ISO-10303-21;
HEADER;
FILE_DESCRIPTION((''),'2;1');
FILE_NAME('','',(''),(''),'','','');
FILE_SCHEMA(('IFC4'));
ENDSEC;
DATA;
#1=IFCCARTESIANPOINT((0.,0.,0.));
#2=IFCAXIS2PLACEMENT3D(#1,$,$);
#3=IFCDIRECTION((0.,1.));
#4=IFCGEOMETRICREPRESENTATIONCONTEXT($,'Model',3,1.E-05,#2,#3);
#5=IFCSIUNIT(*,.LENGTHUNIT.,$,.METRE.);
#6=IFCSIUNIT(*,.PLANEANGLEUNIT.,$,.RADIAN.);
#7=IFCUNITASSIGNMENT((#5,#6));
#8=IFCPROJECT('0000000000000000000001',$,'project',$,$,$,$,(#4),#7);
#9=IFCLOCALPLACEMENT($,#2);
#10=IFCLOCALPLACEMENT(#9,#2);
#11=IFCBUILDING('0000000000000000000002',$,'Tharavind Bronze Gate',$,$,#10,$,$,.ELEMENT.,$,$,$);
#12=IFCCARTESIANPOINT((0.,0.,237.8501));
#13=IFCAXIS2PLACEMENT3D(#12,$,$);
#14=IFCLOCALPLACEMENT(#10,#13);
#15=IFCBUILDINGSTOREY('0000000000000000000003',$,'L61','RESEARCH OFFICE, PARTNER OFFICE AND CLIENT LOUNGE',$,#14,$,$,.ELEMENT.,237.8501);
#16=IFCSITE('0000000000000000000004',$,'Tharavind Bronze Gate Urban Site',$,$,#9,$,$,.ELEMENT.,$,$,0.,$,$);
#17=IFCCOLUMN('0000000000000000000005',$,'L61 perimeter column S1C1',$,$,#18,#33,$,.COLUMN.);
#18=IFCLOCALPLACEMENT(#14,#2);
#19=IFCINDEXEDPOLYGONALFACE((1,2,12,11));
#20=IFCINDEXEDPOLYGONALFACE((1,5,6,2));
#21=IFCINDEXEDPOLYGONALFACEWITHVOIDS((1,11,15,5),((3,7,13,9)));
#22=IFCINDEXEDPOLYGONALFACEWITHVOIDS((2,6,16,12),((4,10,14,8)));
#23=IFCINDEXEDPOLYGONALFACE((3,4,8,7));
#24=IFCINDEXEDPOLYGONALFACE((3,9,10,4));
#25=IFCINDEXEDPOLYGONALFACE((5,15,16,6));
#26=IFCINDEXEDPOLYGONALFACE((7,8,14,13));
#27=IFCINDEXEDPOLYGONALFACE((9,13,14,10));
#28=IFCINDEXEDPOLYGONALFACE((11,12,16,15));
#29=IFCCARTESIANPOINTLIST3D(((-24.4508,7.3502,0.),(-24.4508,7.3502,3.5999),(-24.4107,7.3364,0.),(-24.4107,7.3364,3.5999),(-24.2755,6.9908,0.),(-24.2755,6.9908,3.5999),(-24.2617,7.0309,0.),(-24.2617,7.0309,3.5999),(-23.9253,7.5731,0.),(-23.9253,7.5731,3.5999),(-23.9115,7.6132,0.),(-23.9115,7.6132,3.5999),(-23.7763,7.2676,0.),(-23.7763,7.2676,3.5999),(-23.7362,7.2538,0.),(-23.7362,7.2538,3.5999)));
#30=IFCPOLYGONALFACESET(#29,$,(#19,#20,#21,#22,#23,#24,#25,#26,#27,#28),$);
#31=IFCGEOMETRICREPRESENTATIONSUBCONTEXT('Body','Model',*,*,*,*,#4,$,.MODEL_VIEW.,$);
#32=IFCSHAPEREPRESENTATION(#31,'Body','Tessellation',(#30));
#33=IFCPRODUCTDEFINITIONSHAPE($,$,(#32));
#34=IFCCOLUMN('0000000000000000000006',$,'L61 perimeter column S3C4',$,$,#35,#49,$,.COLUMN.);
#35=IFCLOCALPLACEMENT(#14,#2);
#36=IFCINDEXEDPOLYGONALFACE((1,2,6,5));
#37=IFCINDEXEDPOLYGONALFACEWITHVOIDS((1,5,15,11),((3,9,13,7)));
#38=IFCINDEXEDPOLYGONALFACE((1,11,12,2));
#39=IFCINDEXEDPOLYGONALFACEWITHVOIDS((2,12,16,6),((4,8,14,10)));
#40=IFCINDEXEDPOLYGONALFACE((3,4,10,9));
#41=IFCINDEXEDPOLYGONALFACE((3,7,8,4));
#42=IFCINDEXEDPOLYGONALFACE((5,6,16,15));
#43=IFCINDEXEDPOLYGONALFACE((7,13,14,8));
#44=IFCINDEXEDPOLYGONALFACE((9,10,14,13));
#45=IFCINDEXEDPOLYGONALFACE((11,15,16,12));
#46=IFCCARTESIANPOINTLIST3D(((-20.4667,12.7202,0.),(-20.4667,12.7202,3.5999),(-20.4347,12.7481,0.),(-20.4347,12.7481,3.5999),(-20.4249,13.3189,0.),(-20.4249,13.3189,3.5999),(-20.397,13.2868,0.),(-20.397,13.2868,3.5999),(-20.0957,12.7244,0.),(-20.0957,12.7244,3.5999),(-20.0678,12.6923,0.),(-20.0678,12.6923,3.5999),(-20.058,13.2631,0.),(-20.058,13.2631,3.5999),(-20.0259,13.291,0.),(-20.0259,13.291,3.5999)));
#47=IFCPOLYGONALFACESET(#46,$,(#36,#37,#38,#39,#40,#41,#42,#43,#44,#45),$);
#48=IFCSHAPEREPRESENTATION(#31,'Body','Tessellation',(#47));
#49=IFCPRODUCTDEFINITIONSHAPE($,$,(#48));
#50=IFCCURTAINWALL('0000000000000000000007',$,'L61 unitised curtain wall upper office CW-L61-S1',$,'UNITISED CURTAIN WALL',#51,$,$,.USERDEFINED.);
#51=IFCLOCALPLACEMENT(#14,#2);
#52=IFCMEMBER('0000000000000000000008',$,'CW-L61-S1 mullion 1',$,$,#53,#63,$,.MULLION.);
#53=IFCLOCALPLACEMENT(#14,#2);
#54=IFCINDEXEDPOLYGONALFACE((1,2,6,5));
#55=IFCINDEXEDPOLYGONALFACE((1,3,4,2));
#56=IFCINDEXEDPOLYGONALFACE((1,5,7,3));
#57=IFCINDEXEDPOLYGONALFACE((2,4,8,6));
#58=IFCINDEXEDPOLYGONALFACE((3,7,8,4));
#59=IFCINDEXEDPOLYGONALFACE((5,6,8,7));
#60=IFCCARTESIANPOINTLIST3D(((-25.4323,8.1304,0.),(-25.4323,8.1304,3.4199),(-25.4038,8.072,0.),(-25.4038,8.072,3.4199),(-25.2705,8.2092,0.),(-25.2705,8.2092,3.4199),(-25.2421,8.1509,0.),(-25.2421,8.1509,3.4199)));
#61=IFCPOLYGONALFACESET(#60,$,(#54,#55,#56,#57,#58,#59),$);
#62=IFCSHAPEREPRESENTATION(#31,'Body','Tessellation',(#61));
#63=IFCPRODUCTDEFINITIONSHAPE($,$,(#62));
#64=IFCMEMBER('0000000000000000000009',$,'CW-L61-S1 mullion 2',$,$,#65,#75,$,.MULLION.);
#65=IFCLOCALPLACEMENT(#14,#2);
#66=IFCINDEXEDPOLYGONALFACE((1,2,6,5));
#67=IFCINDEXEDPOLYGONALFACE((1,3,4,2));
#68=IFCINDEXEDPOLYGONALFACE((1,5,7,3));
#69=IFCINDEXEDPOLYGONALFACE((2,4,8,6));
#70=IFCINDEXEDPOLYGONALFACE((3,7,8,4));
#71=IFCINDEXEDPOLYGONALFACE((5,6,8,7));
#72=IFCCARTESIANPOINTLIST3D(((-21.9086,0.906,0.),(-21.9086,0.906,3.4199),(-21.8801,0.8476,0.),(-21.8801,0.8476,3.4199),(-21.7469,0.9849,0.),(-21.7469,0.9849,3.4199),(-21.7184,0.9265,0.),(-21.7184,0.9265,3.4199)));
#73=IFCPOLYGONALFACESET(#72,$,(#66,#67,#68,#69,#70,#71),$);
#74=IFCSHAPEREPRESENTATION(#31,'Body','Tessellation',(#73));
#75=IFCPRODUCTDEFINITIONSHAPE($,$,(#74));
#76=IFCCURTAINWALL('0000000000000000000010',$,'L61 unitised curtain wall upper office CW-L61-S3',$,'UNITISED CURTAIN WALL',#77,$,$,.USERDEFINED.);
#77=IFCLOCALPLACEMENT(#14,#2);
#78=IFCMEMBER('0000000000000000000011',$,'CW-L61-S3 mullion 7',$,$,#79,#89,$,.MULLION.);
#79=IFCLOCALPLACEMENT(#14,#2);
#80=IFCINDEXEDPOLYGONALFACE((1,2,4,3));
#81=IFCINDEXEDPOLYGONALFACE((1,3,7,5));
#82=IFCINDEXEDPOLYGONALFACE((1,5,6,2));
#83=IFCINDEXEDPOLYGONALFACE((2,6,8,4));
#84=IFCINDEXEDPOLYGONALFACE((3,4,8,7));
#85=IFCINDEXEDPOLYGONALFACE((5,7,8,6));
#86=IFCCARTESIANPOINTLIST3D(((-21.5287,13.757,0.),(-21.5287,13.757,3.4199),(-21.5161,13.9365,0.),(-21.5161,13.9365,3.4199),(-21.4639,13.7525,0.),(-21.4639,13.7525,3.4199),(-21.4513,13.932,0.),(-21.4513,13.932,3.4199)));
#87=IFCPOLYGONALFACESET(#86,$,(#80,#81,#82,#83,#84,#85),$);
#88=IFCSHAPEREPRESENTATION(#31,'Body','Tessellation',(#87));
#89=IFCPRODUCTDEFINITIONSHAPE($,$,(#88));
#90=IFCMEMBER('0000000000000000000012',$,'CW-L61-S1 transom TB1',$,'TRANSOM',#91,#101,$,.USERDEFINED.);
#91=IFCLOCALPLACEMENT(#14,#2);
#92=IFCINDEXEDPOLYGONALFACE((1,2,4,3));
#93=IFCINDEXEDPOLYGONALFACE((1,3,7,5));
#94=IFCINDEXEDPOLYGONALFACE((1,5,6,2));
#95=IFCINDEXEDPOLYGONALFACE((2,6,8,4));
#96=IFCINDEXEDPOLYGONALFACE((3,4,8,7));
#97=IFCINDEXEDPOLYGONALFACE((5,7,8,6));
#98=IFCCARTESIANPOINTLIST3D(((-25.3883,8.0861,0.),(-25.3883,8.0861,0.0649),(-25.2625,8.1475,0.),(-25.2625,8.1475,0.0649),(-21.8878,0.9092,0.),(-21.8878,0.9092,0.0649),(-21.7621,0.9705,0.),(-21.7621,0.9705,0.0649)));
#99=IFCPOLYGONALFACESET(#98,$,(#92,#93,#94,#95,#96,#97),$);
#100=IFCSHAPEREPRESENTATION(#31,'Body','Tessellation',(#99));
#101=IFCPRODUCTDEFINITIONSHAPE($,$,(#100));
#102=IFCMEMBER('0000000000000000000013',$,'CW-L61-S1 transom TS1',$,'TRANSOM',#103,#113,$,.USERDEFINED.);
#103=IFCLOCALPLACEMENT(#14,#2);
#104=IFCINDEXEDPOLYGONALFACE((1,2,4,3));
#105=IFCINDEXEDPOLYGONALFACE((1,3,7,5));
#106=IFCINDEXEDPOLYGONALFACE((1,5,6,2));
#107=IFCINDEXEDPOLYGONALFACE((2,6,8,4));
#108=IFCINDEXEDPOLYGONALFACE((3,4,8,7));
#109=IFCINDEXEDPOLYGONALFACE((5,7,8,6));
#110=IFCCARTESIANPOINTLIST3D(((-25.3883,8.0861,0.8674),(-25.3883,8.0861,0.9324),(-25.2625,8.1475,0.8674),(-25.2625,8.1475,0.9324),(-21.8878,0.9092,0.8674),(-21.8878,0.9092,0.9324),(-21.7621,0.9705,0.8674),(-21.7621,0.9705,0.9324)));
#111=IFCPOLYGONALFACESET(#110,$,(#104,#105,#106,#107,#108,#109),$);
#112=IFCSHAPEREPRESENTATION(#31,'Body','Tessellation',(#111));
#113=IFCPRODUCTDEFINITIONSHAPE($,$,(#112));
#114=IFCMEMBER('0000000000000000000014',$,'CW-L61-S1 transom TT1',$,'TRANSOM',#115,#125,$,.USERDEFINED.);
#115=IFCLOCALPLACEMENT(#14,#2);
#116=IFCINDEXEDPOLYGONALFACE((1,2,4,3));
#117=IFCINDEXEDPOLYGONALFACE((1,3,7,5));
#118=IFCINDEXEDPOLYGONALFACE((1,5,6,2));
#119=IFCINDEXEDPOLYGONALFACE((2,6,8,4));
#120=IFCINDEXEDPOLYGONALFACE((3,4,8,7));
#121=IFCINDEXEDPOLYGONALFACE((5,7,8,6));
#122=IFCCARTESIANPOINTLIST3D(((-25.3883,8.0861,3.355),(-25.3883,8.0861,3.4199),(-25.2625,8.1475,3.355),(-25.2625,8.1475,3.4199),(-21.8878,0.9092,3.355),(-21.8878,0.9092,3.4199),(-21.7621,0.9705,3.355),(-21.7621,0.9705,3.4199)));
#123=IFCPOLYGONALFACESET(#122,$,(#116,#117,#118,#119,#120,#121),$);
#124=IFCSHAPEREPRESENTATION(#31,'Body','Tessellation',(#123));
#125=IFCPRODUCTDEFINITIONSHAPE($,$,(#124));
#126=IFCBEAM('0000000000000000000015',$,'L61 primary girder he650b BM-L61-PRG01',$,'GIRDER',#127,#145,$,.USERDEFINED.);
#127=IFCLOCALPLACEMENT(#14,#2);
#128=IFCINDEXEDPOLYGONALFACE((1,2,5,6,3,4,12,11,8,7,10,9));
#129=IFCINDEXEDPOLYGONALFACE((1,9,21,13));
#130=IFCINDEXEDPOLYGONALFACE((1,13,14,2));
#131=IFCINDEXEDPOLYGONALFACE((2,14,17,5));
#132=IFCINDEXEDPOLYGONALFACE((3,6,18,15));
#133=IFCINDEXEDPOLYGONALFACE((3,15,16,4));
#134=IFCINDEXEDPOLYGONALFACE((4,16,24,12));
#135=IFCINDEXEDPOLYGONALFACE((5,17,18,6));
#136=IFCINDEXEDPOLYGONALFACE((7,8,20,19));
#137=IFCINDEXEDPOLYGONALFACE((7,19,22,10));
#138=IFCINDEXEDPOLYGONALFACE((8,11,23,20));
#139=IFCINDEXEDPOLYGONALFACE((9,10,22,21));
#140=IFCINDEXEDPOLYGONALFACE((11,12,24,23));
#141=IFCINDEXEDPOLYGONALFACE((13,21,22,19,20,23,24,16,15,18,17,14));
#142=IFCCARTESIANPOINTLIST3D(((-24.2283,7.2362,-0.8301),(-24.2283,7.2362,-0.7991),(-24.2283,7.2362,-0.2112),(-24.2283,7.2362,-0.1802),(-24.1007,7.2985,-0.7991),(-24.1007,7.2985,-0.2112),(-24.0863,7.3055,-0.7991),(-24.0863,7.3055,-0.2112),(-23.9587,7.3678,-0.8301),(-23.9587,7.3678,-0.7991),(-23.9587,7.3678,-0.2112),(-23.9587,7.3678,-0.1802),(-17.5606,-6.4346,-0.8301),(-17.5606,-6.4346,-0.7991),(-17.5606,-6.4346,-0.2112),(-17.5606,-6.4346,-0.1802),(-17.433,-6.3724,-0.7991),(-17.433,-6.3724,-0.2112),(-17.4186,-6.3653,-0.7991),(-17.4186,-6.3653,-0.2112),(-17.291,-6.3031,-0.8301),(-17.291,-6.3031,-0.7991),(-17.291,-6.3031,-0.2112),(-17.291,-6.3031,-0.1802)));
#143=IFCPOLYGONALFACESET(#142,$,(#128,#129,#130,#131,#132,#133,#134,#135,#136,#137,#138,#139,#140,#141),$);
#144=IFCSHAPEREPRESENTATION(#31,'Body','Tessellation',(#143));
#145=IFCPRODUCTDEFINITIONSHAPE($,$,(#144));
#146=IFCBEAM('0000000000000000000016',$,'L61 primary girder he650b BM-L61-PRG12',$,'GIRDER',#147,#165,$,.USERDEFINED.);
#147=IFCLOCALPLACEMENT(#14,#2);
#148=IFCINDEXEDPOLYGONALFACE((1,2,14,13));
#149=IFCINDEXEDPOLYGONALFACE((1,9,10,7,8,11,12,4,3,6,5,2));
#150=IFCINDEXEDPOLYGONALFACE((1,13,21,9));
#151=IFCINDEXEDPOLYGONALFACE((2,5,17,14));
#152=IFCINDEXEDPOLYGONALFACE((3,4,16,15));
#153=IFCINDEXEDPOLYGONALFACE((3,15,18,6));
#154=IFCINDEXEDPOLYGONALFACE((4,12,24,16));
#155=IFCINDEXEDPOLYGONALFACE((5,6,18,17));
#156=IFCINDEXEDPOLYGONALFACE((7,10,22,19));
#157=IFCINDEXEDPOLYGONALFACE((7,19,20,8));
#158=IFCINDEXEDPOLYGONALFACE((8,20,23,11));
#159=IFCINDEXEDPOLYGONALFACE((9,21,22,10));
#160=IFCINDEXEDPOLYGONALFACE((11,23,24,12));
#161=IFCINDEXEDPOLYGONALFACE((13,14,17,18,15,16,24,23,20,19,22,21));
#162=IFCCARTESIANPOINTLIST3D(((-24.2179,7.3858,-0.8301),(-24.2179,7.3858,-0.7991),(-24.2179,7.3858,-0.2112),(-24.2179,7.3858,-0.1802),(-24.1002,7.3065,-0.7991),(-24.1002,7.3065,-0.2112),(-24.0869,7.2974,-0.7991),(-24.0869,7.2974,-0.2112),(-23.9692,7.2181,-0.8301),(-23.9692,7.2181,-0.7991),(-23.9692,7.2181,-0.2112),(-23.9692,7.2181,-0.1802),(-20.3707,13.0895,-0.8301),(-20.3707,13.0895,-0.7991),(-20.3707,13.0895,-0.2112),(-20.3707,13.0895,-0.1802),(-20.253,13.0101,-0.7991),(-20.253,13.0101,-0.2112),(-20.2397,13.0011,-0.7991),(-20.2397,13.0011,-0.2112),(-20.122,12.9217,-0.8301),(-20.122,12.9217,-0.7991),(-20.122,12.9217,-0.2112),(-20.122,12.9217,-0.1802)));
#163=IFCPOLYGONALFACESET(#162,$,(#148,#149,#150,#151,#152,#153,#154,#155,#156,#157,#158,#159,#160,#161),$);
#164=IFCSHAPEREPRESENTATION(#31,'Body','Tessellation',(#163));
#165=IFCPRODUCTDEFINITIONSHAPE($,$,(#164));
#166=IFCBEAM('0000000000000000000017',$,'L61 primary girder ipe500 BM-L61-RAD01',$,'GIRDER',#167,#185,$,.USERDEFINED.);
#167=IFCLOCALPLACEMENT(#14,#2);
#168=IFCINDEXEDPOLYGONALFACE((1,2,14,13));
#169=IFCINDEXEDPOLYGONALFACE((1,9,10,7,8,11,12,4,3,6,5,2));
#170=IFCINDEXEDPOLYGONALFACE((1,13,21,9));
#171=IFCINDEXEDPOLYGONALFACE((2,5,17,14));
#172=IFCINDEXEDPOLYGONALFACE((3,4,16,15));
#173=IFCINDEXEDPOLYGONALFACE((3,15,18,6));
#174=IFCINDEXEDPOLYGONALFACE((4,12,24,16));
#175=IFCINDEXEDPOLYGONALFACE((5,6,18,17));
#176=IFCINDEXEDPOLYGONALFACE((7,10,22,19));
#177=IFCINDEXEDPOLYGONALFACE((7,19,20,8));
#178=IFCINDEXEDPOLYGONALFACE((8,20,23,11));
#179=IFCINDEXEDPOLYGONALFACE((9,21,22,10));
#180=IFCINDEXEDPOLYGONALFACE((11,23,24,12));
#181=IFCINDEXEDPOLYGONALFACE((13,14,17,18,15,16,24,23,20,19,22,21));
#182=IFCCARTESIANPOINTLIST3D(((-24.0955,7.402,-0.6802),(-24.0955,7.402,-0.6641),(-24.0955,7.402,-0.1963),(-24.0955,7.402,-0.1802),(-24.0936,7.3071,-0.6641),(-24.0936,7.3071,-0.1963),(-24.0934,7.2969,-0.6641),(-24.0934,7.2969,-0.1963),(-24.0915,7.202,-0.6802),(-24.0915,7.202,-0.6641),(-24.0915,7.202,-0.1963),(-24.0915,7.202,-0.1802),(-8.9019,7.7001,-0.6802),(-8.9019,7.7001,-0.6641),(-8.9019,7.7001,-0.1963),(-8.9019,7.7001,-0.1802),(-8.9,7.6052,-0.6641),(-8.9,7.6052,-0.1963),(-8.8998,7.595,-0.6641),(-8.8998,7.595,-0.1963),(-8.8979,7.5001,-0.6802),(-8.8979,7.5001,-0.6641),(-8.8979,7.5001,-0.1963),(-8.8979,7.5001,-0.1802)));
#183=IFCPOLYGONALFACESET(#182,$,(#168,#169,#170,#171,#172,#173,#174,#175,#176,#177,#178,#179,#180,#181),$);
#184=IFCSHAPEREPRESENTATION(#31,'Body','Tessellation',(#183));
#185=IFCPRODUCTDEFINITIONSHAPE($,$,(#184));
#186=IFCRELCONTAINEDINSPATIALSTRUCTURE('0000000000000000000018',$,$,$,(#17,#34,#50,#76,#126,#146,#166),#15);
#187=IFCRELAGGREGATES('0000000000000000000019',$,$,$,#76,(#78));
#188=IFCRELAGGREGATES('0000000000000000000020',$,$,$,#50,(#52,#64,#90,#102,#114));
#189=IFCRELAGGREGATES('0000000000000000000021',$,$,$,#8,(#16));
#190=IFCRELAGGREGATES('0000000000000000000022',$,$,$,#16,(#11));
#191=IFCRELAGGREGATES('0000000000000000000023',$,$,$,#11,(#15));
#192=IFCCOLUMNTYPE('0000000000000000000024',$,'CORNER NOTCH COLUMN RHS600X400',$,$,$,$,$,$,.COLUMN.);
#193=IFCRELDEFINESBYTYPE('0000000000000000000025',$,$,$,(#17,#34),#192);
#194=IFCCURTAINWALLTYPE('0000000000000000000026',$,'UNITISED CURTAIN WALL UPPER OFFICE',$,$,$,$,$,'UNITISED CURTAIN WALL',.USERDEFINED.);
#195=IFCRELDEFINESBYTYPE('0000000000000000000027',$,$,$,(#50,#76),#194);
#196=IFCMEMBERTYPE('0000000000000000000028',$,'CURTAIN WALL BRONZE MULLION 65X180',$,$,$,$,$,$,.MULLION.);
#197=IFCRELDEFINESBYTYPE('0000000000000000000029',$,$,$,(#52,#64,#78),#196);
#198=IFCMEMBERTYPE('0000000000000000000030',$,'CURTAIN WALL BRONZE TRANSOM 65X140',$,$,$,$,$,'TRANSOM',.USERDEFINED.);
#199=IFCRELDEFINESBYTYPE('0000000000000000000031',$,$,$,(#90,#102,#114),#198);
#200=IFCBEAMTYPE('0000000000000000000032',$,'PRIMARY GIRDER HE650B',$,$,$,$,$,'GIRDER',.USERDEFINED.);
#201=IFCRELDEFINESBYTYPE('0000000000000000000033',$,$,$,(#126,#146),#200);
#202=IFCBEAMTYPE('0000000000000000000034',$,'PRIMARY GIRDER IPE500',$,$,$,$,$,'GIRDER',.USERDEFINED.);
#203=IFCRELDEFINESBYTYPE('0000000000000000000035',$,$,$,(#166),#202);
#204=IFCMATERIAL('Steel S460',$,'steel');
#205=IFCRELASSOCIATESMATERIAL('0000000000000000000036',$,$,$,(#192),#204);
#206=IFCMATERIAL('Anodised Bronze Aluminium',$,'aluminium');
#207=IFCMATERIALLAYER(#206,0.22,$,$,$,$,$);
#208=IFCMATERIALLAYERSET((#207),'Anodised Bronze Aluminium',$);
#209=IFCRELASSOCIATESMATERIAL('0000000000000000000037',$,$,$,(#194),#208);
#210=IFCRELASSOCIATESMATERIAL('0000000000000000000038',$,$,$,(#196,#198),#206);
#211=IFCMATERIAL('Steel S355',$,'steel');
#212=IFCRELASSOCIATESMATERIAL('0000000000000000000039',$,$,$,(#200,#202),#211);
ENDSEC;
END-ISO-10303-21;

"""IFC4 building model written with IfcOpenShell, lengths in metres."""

from ifc_helpers import new_model, si_unit, direction, frame, origin, origin_2d, place, context, subcontext, project, spatial, rectangle, hollow_rectangle, i_section, extrude, material, layer, layer_set, material_profile, profile_set, type_object, element, aggregate, save


model = new_model("IFC4")

# Units and contexts
model_context = context("Model", 3, precision=1e-05, world=origin(), true_north=direction((0.0, 1.0)))
body_context = subcontext(model_context, "Body", "Model", "MODEL_VIEW")
ifc_project = project(units=[si_unit("LENGTHUNIT", "METRE"), si_unit("PLANEANGLEUNIT", "RADIAN")], contexts=[model_context])

# Site, building, storey
site_placement = place(None, origin())
site = spatial("IfcSite", under=ifc_project, at=site_placement, Name="Tharavind Bronze Gate Urban Site", CompositionType="ELEMENT", RefElevation=0.0)
building_placement = place(site_placement, origin())
building = spatial("IfcBuilding", under=site, at=building_placement, Name="Tharavind Bronze Gate", CompositionType="ELEMENT")
storey_placement = place(building_placement, frame((0.0, 0.0, 237.8501)))
storey = spatial("IfcBuildingStorey", under=building, at=storey_placement, Name="L61", Description="RESEARCH OFFICE, PARTNER OFFICE AND CLIENT LOUNGE", CompositionType="ELEMENT", Elevation=237.8501)

# Columns
ifc_material_1 = material(Name="Steel S460", Category="steel")
ifc_material_profile_1 = material_profile(ifc_material_1, hollow_rectangle(XDim=0.3999, YDim=0.6001, WallThickness=0.03, at=origin_2d()), Name="RHS600X400X30")
ifc_profile_set_1 = profile_set([ifc_material_profile_1], Name="Steel S460")
column_type = type_object("IfcColumnType", Name="CORNER NOTCH COLUMN RHS600X400", PredefinedType="COLUMN", material=ifc_profile_set_1)
for number, where, z_axis, x_axis, name in (
    (1, (-24.0935, 7.302, 0.0), (0.0, 0.0, 1.0), (-0.438371, 0.898794, 0.0), "L61 perimeter column S1C1"),
    (2, (-20.2463, 13.0056, 0.0), (0.0, 0.0, 1.0), (-0.997564, 0.069756, 0.0), "L61 perimeter column S3C4"),
):
    element("IfcColumn", number, at=place(storey_placement, frame(where, z_axis=z_axis, x_axis=x_axis)), inside=storey, type_object=column_type, Name=name, PredefinedType="COLUMN", context=body_context, shape_type="SweptSolid", body=[
        extrude(hollow_rectangle(XDim=0.3999, YDim=0.6001, WallThickness=0.03, at=origin_2d()), origin(), (0.0, 0.0, 1.0), 3.5999),
    ])

# Curtain wall, members
ifc_material_2 = material(Name="Anodised Bronze Aluminium", Category="aluminium")
ifc_layer_1 = layer(ifc_material_2, 0.22)
ifc_layer_set_1 = layer_set([ifc_layer_1], Name="Anodised Bronze Aluminium")
curtain_wall_type = type_object("IfcCurtainWallType", Name="UNITISED CURTAIN WALL UPPER OFFICE", ElementType="UNITISED CURTAIN WALL", PredefinedType="USERDEFINED", material=ifc_layer_set_1)
curtain_wall_1_placement = place(storey_placement, origin())
curtain_wall_1 = element("IfcCurtainWall", 3, at=curtain_wall_1_placement, inside=storey, type_object=curtain_wall_type, Name="L61 unitised curtain wall upper office CW-L61-S1", ObjectType="UNITISED CURTAIN WALL", PredefinedType="USERDEFINED")
member_type_1 = type_object("IfcMemberType", Name="CURTAIN WALL BRONZE MULLION 65X180", PredefinedType="MULLION", material=ifc_material_2)
member_1_placement = place(storey_placement, frame((-25.3372, 8.1406, 0.0), z_axis=(0.0, 0.0, 1.0), x_axis=(0.438371, -0.898794, 0.0)))
member_1 = element("IfcMember", 4, at=member_1_placement, type_object=member_type_1, Name="CW-L61-S1 mullion 1", PredefinedType="MULLION", context=body_context, shape_type="SweptSolid", body=[
    extrude(rectangle(XDim=0.0649, YDim=0.1799, at=origin_2d()), origin(), (0.0, 0.0, 1.0), 3.4199),
])
member_2_placement = place(storey_placement, frame((-21.8135, 0.9163, 0.0), z_axis=(0.0, 0.0, 1.0), x_axis=(0.438371, -0.898794, 0.0)))
member_2 = element("IfcMember", 5, at=member_2_placement, type_object=member_type_1, Name="CW-L61-S1 mullion 2", PredefinedType="MULLION", context=body_context, shape_type="SweptSolid", body=[
    extrude(rectangle(XDim=0.0649, YDim=0.1799, at=origin_2d()), origin(), (0.0, 0.0, 1.0), 3.4199),
])

# Curtain wall, member
curtain_wall_2_placement = place(storey_placement, origin())
curtain_wall_2 = element("IfcCurtainWall", 6, at=curtain_wall_2_placement, inside=storey, type_object=curtain_wall_type, Name="L61 unitised curtain wall upper office CW-L61-S3", ObjectType="UNITISED CURTAIN WALL", PredefinedType="USERDEFINED")
member_3_placement = place(storey_placement, frame((-21.49, 13.8445, 0.0), z_axis=(0.0, 0.0, 1.0), x_axis=(-0.997564, 0.069758, 0.0)))
member_3 = element("IfcMember", 7, at=member_3_placement, type_object=member_type_1, Name="CW-L61-S3 mullion 7", PredefinedType="MULLION", context=body_context, shape_type="SweptSolid", body=[
    extrude(rectangle(XDim=0.0649, YDim=0.1799, at=origin_2d()), origin(), (0.0, 0.0, 1.0), 3.4199),
])
aggregate(curtain_wall_2, [member_3])

# Members
member_type_2 = type_object("IfcMemberType", Name="CURTAIN WALL BRONZE TRANSOM 65X140", ElementType="TRANSOM", PredefinedType="USERDEFINED", material=ifc_material_2)
member_4_placement = place(storey_placement, frame((-23.5752, 4.5283, 0.0), z_axis=(0.0, 0.0, 1.0), x_axis=(0.438371, -0.898794, 0.0)))
member_4 = element("IfcMember", 8, at=member_4_placement, type_object=member_type_2, Name="CW-L61-S1 transom TB1", ObjectType="TRANSOM", PredefinedType="USERDEFINED", context=body_context, shape_type="SweptSolid", body=[
    extrude(rectangle(XDim=7.9851, YDim=0.1399, at=origin_2d()), origin(), (0.0, 0.0, 1.0), 0.0649),
])
member_5_placement = place(storey_placement, frame((-23.5752, 4.5283, 0.8674), z_axis=(0.0, 0.0, 1.0), x_axis=(0.438371, -0.898794, 0.0)))
member_5 = element("IfcMember", 9, at=member_5_placement, type_object=member_type_2, Name="CW-L61-S1 transom TS1", ObjectType="TRANSOM", PredefinedType="USERDEFINED", context=body_context, shape_type="SweptSolid", body=[
    extrude(rectangle(XDim=7.9851, YDim=0.1399, at=origin_2d()), origin(), (0.0, 0.0, 1.0), 0.0649),
])
member_6_placement = place(storey_placement, frame((-23.5752, 4.5283, 3.355), z_axis=(0.0, 0.0, 1.0), x_axis=(0.438371, -0.898794, 0.0)))
member_6 = element("IfcMember", 10, at=member_6_placement, type_object=member_type_2, Name="CW-L61-S1 transom TT1", ObjectType="TRANSOM", PredefinedType="USERDEFINED", context=body_context, shape_type="SweptSolid", body=[
    extrude(rectangle(XDim=7.9851, YDim=0.1399, at=origin_2d()), origin(), (0.0, 0.0, 1.0), 0.0649),
])

# Beams
ifc_material_3 = material(Name="Steel S355", Category="steel")
ifc_material_profile_2 = material_profile(ifc_material_3, i_section(OverallWidth=0.3, OverallDepth=0.6499, WebThickness=0.0161, FlangeThickness=0.031, at=origin_2d()), Name="HE650B")
ifc_profile_set_2 = profile_set([ifc_material_profile_2], Name="Steel S355")
beam_type_1 = type_object("IfcBeamType", Name="PRIMARY GIRDER HE650B", ElementType="GIRDER", PredefinedType="USERDEFINED", material=ifc_profile_set_2)
beam_1_placement = place(storey_placement, frame((-24.0935, 7.302, -0.5051), z_axis=(0.43837, -0.898795, 0.0), x_axis=(0.898795, 0.43837, 0.0)))
element("IfcBeam", 11, at=beam_1_placement, inside=storey, type_object=beam_type_1, Name="L61 primary girder he650b BM-L61-PRG01", ObjectType="GIRDER", PredefinedType="USERDEFINED", context=body_context, shape_type="SweptSolid", body=[
    extrude(i_section(OverallWidth=0.3, OverallDepth=0.6499, WebThickness=0.0161, FlangeThickness=0.031, at=origin_2d()), origin(), (0.0, 0.0, 1.0), 15.2102),
])
beam_2_placement = place(storey_placement, frame((-20.2463, 13.0056, -0.5051), z_axis=(-0.559196, -0.829035, 0.0), x_axis=(0.829035, -0.559196, 0.0)))
element("IfcBeam", 12, at=beam_2_placement, inside=storey, type_object=beam_type_1, Name="L61 primary girder he650b BM-L61-PRG12", ObjectType="GIRDER", PredefinedType="USERDEFINED", context=body_context, shape_type="SweptSolid", body=[
    extrude(i_section(OverallWidth=0.3, OverallDepth=0.6499, WebThickness=0.0161, FlangeThickness=0.031, at=origin_2d()), origin(), (0.0, 0.0, 1.0), 6.8799),
])
ifc_material_profile_3 = material_profile(ifc_material_3, i_section(OverallWidth=0.2, OverallDepth=0.5, WebThickness=0.0103, FlangeThickness=0.0161, at=origin_2d()), Name="IPE500")
ifc_profile_set_3 = profile_set([ifc_material_profile_3], Name="Steel S355")
beam_type_2 = type_object("IfcBeamType", Name="PRIMARY GIRDER IPE500", ElementType="GIRDER", PredefinedType="USERDEFINED", material=ifc_profile_set_3)
beam_3_placement = place(storey_placement, frame((-24.0935, 7.302, -0.4302), z_axis=(0.999808, 0.019616, 0.0), x_axis=(-0.019616, 0.999808, 0.0)))
element("IfcBeam", 13, at=beam_3_placement, inside=storey, type_object=beam_type_2, Name="L61 primary girder ipe500 BM-L61-RAD01", ObjectType="GIRDER", PredefinedType="USERDEFINED", context=body_context, shape_type="SweptSolid", body=[
    extrude(i_section(OverallWidth=0.2, OverallDepth=0.5, WebThickness=0.0103, FlangeThickness=0.0161, at=origin_2d()), origin(), (0.0, 0.0, 1.0), 15.1965),
])

aggregate(curtain_wall_1, [member_1, member_2, member_4, member_5, member_6])

save(model, "model.ifc")
